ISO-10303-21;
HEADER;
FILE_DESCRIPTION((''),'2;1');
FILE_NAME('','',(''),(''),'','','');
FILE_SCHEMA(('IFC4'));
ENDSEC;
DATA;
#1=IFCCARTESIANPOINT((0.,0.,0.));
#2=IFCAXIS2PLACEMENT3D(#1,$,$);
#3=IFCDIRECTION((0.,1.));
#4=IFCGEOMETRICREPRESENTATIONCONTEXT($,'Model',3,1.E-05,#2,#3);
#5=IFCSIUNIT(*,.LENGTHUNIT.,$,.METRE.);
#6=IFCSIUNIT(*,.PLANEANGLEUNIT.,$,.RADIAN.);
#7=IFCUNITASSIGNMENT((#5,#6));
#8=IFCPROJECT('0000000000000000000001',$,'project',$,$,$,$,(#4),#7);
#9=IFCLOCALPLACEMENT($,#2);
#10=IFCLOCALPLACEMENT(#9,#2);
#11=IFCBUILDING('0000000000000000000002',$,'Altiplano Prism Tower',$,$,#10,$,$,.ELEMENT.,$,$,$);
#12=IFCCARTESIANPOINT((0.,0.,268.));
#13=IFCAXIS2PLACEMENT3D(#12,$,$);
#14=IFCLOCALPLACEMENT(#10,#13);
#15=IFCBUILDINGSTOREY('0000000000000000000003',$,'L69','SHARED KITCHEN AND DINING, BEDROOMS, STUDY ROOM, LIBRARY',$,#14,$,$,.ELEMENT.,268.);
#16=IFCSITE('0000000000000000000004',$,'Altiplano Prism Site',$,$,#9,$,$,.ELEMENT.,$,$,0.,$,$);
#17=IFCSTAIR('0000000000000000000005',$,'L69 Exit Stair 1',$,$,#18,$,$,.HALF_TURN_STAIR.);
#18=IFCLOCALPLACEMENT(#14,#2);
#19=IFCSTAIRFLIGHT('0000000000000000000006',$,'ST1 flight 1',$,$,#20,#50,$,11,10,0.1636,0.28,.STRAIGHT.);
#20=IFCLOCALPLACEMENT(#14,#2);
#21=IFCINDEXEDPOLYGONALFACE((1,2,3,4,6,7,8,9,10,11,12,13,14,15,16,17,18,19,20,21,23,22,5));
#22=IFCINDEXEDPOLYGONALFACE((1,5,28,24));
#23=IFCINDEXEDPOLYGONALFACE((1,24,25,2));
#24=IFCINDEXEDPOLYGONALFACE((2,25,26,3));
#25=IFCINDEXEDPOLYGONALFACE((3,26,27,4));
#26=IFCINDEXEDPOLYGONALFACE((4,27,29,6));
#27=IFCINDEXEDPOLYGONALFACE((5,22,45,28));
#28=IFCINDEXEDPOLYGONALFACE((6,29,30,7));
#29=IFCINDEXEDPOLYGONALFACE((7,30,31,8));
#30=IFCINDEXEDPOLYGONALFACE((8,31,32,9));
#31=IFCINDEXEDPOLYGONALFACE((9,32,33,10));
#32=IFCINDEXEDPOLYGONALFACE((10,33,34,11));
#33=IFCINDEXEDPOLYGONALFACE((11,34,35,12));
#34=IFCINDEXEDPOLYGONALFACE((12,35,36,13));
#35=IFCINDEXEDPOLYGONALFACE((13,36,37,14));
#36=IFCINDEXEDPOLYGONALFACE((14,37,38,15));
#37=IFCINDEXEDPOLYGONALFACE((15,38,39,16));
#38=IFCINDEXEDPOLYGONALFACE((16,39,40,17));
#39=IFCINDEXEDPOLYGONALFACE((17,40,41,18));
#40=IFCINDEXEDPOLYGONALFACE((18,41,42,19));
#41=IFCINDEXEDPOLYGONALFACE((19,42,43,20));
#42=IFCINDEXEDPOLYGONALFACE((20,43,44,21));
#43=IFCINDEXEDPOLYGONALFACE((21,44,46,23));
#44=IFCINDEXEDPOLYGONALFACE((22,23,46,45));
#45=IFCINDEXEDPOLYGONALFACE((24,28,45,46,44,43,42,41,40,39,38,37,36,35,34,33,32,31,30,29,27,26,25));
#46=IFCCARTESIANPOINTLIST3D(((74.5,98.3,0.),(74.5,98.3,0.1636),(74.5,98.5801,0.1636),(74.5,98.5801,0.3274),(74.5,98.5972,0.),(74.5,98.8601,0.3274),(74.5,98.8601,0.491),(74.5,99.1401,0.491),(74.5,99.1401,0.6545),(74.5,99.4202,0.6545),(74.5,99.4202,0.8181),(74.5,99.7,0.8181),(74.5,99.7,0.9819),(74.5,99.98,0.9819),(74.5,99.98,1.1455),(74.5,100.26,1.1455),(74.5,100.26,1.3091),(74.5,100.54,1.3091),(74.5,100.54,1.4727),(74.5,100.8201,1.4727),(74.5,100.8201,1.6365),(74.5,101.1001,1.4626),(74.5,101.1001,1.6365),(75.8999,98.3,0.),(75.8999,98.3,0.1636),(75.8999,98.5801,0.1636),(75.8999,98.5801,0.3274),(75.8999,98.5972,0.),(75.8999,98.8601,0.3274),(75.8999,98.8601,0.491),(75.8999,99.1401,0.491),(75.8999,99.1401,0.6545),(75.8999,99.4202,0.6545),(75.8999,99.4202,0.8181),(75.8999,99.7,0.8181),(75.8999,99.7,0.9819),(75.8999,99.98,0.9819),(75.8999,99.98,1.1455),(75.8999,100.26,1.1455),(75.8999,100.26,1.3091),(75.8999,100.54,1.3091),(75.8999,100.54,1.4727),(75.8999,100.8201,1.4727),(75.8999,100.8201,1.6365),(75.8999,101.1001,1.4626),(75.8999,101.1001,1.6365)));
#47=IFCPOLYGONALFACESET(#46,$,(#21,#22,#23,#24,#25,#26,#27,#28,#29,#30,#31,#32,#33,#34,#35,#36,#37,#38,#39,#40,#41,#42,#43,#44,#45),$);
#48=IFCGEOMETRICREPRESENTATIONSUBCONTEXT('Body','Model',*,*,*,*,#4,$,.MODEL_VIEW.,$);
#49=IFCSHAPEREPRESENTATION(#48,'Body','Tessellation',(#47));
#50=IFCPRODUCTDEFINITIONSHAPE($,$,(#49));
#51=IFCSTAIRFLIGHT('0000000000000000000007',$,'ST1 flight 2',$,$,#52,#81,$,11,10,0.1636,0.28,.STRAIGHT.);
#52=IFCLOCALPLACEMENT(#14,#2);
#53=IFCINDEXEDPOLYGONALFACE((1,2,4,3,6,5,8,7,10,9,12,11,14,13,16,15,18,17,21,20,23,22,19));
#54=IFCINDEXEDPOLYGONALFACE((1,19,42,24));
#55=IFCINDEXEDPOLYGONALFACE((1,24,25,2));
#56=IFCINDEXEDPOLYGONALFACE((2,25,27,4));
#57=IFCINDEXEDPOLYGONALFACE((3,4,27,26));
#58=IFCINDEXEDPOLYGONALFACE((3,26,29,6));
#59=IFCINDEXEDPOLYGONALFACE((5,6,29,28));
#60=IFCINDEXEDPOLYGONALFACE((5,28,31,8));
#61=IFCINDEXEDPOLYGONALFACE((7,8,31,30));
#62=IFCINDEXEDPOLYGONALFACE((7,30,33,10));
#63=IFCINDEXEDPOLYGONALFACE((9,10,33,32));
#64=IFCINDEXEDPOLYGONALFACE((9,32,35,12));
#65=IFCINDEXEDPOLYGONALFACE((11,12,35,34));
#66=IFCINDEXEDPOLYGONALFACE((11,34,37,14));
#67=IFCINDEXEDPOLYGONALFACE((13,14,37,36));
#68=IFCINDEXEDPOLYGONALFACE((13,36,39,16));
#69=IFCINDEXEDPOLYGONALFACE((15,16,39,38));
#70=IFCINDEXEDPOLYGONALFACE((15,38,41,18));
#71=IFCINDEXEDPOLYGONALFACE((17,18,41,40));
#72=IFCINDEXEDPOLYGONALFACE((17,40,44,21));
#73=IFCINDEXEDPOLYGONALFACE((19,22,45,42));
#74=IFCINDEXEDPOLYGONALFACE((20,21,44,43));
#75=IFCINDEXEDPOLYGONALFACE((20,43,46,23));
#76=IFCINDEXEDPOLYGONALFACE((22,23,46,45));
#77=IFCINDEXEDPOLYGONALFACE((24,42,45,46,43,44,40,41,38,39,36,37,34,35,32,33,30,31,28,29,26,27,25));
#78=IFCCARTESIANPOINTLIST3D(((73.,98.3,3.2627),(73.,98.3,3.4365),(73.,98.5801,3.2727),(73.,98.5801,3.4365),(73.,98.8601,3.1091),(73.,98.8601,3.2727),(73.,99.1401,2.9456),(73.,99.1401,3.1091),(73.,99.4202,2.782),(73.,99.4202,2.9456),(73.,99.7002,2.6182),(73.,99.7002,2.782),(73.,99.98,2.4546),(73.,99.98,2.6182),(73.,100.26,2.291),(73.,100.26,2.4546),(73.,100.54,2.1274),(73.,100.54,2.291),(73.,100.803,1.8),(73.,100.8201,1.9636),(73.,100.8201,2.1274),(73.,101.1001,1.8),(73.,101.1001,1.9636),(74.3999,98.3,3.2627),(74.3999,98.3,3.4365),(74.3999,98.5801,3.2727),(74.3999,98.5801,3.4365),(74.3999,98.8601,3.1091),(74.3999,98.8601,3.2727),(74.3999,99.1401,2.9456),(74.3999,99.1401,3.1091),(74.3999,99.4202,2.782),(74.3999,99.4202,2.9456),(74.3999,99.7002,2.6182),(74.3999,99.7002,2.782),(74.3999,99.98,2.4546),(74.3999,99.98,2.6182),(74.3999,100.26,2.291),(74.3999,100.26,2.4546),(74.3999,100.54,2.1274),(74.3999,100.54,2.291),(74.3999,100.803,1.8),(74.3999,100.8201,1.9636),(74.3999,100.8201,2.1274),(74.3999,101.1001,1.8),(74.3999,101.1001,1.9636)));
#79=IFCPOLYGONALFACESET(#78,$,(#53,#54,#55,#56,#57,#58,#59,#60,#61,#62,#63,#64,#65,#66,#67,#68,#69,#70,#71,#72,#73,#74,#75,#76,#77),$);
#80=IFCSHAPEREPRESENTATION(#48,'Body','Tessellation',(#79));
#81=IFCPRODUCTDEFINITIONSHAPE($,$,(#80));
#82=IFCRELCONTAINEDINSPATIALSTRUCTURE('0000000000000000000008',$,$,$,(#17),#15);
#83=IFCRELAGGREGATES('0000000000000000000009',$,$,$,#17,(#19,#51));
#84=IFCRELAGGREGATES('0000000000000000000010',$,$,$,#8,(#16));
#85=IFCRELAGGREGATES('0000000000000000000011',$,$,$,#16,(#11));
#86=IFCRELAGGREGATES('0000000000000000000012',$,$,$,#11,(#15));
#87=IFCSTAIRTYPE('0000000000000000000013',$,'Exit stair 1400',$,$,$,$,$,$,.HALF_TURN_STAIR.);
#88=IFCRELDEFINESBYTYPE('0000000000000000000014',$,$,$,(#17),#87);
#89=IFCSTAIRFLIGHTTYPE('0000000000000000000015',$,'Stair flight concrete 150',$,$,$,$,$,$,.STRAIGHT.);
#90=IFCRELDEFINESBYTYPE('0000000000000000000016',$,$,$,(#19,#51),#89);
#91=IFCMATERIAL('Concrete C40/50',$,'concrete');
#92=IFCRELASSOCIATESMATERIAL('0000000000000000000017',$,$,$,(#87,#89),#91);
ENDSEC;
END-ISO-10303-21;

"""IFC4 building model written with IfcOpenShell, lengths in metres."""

from ifc_helpers import new_model, si_unit, direction, frame, origin, place, context, subcontext, project, spatial, polyline, outline, extrude, material, type_object, element, aggregate, save


model = new_model("IFC4")

# Units and contexts
model_context = context("Model", 3, precision=1e-05, world=origin(), true_north=direction((0.0, 1.0)))
body_context = subcontext(model_context, "Body", "Model", "MODEL_VIEW")
ifc_project = project(units=[si_unit("LENGTHUNIT", "METRE"), si_unit("PLANEANGLEUNIT", "RADIAN")], contexts=[model_context])

# Site, building, storey
site_placement = place(None, origin())
site = spatial("IfcSite", under=ifc_project, at=site_placement, Name="Altiplano Prism Site", CompositionType="ELEMENT", RefElevation=0.0)
building_placement = place(site_placement, origin())
building = spatial("IfcBuilding", under=site, at=building_placement, Name="Altiplano Prism Tower", CompositionType="ELEMENT")
storey_placement = place(building_placement, frame((0.0, 0.0, 268.0)))
storey = spatial("IfcBuildingStorey", under=building, at=storey_placement, Name="L69", Description="SHARED KITCHEN AND DINING, BEDROOMS, STUDY ROOM, LIBRARY", CompositionType="ELEMENT", Elevation=268.0)

# Stair, stair flights
ifc_material_1 = material(Name="Concrete C40/50", Category="concrete")
stair_type = type_object("IfcStairType", Name="Exit stair 1400", PredefinedType="HALF_TURN_STAIR", material=ifc_material_1)
stair_placement = place(storey_placement, origin())
stair = element("IfcStair", 1, at=stair_placement, inside=storey, type_object=stair_type, Name="L69 Exit Stair 1", PredefinedType="HALF_TURN_STAIR")
stair_flight_type = type_object("IfcStairFlightType", Name="Stair flight concrete 150", PredefinedType="STRAIGHT", material=ifc_material_1)
stair_flight_1_placement = place(storey_placement, frame((75.2, 98.3, 0.0), z_axis=(0.0, 0.0, 1.0), x_axis=(0.0, 1.0, 0.0)))
stair_flight_1 = element("IfcStairFlight", 2, at=stair_flight_1_placement, type_object=stair_flight_type, Name="ST1 flight 1", NumberOfRisers=11, NumberOfTreads=10, PredefinedType="STRAIGHT", RiserHeight=0.1636, TreadLength=0.28, context=body_context, shape_type="SweptSolid", body=[
    extrude(outline(polyline([(0.0, 0.0), (0.0, 0.1636), (0.28, 0.1636), (0.28, 0.3274), (0.5601, 0.3274), (0.5601, 0.491), (0.8401, 0.491), (0.8401, 0.6545), (1.1201, 0.6545), (1.1201, 0.8181), (1.3999, 0.8181), (1.3999, 0.9819), (1.6799, 0.9819), (1.6799, 1.1455), (1.96, 1.1455), (1.96, 1.3091), (2.24, 1.3091), (2.24, 1.4727), (2.52, 1.4727), (2.52, 1.6365), (2.8, 1.6365), (2.8, 1.8), (2.8, 1.4626), (0.2971, 0.0), (0.0, 0.0)])), frame((0.0, 0.7, 0.0), z_axis=(0.0, -1.0, 0.0), x_axis=(1.0, 0.0, 0.0)), (0.0, 0.0, 1.0), 1.3999),
])
stair_flight_2_placement = place(storey_placement, frame((73.7, 101.1001, 1.8), z_axis=(0.0, 0.0, 1.0), x_axis=(0.0, -1.0, 0.0)))
stair_flight_2 = element("IfcStairFlight", 3, at=stair_flight_2_placement, type_object=stair_flight_type, Name="ST1 flight 2", NumberOfRisers=11, NumberOfTreads=10, PredefinedType="STRAIGHT", RiserHeight=0.1636, TreadLength=0.28, context=body_context, shape_type="SweptSolid", body=[
    extrude(outline(polyline([(0.0, 0.0), (0.0, 0.1636), (0.28, 0.1636), (0.28, 0.3274), (0.5601, 0.3274), (0.5601, 0.491), (0.8401, 0.491), (0.8401, 0.6545), (1.1201, 0.6545), (1.1201, 0.8181), (1.3999, 0.8181), (1.3999, 0.9819), (1.6799, 0.9819), (1.6799, 1.1455), (1.96, 1.1455), (1.96, 1.3091), (2.24, 1.3091), (2.24, 1.4727), (2.52, 1.4727), (2.52, 1.6365), (2.8, 1.6365), (2.8, 1.8), (2.8, 1.4626), (0.2971, 0.0), (0.0, 0.0)])), frame((0.0, 0.7, 0.0), z_axis=(0.0, -1.0, 0.0), x_axis=(1.0, 0.0, 0.0)), (0.0, 0.0, 1.0), 1.3999),
])
aggregate(stair, [stair_flight_1, stair_flight_2])

save(model, "model.ifc")
